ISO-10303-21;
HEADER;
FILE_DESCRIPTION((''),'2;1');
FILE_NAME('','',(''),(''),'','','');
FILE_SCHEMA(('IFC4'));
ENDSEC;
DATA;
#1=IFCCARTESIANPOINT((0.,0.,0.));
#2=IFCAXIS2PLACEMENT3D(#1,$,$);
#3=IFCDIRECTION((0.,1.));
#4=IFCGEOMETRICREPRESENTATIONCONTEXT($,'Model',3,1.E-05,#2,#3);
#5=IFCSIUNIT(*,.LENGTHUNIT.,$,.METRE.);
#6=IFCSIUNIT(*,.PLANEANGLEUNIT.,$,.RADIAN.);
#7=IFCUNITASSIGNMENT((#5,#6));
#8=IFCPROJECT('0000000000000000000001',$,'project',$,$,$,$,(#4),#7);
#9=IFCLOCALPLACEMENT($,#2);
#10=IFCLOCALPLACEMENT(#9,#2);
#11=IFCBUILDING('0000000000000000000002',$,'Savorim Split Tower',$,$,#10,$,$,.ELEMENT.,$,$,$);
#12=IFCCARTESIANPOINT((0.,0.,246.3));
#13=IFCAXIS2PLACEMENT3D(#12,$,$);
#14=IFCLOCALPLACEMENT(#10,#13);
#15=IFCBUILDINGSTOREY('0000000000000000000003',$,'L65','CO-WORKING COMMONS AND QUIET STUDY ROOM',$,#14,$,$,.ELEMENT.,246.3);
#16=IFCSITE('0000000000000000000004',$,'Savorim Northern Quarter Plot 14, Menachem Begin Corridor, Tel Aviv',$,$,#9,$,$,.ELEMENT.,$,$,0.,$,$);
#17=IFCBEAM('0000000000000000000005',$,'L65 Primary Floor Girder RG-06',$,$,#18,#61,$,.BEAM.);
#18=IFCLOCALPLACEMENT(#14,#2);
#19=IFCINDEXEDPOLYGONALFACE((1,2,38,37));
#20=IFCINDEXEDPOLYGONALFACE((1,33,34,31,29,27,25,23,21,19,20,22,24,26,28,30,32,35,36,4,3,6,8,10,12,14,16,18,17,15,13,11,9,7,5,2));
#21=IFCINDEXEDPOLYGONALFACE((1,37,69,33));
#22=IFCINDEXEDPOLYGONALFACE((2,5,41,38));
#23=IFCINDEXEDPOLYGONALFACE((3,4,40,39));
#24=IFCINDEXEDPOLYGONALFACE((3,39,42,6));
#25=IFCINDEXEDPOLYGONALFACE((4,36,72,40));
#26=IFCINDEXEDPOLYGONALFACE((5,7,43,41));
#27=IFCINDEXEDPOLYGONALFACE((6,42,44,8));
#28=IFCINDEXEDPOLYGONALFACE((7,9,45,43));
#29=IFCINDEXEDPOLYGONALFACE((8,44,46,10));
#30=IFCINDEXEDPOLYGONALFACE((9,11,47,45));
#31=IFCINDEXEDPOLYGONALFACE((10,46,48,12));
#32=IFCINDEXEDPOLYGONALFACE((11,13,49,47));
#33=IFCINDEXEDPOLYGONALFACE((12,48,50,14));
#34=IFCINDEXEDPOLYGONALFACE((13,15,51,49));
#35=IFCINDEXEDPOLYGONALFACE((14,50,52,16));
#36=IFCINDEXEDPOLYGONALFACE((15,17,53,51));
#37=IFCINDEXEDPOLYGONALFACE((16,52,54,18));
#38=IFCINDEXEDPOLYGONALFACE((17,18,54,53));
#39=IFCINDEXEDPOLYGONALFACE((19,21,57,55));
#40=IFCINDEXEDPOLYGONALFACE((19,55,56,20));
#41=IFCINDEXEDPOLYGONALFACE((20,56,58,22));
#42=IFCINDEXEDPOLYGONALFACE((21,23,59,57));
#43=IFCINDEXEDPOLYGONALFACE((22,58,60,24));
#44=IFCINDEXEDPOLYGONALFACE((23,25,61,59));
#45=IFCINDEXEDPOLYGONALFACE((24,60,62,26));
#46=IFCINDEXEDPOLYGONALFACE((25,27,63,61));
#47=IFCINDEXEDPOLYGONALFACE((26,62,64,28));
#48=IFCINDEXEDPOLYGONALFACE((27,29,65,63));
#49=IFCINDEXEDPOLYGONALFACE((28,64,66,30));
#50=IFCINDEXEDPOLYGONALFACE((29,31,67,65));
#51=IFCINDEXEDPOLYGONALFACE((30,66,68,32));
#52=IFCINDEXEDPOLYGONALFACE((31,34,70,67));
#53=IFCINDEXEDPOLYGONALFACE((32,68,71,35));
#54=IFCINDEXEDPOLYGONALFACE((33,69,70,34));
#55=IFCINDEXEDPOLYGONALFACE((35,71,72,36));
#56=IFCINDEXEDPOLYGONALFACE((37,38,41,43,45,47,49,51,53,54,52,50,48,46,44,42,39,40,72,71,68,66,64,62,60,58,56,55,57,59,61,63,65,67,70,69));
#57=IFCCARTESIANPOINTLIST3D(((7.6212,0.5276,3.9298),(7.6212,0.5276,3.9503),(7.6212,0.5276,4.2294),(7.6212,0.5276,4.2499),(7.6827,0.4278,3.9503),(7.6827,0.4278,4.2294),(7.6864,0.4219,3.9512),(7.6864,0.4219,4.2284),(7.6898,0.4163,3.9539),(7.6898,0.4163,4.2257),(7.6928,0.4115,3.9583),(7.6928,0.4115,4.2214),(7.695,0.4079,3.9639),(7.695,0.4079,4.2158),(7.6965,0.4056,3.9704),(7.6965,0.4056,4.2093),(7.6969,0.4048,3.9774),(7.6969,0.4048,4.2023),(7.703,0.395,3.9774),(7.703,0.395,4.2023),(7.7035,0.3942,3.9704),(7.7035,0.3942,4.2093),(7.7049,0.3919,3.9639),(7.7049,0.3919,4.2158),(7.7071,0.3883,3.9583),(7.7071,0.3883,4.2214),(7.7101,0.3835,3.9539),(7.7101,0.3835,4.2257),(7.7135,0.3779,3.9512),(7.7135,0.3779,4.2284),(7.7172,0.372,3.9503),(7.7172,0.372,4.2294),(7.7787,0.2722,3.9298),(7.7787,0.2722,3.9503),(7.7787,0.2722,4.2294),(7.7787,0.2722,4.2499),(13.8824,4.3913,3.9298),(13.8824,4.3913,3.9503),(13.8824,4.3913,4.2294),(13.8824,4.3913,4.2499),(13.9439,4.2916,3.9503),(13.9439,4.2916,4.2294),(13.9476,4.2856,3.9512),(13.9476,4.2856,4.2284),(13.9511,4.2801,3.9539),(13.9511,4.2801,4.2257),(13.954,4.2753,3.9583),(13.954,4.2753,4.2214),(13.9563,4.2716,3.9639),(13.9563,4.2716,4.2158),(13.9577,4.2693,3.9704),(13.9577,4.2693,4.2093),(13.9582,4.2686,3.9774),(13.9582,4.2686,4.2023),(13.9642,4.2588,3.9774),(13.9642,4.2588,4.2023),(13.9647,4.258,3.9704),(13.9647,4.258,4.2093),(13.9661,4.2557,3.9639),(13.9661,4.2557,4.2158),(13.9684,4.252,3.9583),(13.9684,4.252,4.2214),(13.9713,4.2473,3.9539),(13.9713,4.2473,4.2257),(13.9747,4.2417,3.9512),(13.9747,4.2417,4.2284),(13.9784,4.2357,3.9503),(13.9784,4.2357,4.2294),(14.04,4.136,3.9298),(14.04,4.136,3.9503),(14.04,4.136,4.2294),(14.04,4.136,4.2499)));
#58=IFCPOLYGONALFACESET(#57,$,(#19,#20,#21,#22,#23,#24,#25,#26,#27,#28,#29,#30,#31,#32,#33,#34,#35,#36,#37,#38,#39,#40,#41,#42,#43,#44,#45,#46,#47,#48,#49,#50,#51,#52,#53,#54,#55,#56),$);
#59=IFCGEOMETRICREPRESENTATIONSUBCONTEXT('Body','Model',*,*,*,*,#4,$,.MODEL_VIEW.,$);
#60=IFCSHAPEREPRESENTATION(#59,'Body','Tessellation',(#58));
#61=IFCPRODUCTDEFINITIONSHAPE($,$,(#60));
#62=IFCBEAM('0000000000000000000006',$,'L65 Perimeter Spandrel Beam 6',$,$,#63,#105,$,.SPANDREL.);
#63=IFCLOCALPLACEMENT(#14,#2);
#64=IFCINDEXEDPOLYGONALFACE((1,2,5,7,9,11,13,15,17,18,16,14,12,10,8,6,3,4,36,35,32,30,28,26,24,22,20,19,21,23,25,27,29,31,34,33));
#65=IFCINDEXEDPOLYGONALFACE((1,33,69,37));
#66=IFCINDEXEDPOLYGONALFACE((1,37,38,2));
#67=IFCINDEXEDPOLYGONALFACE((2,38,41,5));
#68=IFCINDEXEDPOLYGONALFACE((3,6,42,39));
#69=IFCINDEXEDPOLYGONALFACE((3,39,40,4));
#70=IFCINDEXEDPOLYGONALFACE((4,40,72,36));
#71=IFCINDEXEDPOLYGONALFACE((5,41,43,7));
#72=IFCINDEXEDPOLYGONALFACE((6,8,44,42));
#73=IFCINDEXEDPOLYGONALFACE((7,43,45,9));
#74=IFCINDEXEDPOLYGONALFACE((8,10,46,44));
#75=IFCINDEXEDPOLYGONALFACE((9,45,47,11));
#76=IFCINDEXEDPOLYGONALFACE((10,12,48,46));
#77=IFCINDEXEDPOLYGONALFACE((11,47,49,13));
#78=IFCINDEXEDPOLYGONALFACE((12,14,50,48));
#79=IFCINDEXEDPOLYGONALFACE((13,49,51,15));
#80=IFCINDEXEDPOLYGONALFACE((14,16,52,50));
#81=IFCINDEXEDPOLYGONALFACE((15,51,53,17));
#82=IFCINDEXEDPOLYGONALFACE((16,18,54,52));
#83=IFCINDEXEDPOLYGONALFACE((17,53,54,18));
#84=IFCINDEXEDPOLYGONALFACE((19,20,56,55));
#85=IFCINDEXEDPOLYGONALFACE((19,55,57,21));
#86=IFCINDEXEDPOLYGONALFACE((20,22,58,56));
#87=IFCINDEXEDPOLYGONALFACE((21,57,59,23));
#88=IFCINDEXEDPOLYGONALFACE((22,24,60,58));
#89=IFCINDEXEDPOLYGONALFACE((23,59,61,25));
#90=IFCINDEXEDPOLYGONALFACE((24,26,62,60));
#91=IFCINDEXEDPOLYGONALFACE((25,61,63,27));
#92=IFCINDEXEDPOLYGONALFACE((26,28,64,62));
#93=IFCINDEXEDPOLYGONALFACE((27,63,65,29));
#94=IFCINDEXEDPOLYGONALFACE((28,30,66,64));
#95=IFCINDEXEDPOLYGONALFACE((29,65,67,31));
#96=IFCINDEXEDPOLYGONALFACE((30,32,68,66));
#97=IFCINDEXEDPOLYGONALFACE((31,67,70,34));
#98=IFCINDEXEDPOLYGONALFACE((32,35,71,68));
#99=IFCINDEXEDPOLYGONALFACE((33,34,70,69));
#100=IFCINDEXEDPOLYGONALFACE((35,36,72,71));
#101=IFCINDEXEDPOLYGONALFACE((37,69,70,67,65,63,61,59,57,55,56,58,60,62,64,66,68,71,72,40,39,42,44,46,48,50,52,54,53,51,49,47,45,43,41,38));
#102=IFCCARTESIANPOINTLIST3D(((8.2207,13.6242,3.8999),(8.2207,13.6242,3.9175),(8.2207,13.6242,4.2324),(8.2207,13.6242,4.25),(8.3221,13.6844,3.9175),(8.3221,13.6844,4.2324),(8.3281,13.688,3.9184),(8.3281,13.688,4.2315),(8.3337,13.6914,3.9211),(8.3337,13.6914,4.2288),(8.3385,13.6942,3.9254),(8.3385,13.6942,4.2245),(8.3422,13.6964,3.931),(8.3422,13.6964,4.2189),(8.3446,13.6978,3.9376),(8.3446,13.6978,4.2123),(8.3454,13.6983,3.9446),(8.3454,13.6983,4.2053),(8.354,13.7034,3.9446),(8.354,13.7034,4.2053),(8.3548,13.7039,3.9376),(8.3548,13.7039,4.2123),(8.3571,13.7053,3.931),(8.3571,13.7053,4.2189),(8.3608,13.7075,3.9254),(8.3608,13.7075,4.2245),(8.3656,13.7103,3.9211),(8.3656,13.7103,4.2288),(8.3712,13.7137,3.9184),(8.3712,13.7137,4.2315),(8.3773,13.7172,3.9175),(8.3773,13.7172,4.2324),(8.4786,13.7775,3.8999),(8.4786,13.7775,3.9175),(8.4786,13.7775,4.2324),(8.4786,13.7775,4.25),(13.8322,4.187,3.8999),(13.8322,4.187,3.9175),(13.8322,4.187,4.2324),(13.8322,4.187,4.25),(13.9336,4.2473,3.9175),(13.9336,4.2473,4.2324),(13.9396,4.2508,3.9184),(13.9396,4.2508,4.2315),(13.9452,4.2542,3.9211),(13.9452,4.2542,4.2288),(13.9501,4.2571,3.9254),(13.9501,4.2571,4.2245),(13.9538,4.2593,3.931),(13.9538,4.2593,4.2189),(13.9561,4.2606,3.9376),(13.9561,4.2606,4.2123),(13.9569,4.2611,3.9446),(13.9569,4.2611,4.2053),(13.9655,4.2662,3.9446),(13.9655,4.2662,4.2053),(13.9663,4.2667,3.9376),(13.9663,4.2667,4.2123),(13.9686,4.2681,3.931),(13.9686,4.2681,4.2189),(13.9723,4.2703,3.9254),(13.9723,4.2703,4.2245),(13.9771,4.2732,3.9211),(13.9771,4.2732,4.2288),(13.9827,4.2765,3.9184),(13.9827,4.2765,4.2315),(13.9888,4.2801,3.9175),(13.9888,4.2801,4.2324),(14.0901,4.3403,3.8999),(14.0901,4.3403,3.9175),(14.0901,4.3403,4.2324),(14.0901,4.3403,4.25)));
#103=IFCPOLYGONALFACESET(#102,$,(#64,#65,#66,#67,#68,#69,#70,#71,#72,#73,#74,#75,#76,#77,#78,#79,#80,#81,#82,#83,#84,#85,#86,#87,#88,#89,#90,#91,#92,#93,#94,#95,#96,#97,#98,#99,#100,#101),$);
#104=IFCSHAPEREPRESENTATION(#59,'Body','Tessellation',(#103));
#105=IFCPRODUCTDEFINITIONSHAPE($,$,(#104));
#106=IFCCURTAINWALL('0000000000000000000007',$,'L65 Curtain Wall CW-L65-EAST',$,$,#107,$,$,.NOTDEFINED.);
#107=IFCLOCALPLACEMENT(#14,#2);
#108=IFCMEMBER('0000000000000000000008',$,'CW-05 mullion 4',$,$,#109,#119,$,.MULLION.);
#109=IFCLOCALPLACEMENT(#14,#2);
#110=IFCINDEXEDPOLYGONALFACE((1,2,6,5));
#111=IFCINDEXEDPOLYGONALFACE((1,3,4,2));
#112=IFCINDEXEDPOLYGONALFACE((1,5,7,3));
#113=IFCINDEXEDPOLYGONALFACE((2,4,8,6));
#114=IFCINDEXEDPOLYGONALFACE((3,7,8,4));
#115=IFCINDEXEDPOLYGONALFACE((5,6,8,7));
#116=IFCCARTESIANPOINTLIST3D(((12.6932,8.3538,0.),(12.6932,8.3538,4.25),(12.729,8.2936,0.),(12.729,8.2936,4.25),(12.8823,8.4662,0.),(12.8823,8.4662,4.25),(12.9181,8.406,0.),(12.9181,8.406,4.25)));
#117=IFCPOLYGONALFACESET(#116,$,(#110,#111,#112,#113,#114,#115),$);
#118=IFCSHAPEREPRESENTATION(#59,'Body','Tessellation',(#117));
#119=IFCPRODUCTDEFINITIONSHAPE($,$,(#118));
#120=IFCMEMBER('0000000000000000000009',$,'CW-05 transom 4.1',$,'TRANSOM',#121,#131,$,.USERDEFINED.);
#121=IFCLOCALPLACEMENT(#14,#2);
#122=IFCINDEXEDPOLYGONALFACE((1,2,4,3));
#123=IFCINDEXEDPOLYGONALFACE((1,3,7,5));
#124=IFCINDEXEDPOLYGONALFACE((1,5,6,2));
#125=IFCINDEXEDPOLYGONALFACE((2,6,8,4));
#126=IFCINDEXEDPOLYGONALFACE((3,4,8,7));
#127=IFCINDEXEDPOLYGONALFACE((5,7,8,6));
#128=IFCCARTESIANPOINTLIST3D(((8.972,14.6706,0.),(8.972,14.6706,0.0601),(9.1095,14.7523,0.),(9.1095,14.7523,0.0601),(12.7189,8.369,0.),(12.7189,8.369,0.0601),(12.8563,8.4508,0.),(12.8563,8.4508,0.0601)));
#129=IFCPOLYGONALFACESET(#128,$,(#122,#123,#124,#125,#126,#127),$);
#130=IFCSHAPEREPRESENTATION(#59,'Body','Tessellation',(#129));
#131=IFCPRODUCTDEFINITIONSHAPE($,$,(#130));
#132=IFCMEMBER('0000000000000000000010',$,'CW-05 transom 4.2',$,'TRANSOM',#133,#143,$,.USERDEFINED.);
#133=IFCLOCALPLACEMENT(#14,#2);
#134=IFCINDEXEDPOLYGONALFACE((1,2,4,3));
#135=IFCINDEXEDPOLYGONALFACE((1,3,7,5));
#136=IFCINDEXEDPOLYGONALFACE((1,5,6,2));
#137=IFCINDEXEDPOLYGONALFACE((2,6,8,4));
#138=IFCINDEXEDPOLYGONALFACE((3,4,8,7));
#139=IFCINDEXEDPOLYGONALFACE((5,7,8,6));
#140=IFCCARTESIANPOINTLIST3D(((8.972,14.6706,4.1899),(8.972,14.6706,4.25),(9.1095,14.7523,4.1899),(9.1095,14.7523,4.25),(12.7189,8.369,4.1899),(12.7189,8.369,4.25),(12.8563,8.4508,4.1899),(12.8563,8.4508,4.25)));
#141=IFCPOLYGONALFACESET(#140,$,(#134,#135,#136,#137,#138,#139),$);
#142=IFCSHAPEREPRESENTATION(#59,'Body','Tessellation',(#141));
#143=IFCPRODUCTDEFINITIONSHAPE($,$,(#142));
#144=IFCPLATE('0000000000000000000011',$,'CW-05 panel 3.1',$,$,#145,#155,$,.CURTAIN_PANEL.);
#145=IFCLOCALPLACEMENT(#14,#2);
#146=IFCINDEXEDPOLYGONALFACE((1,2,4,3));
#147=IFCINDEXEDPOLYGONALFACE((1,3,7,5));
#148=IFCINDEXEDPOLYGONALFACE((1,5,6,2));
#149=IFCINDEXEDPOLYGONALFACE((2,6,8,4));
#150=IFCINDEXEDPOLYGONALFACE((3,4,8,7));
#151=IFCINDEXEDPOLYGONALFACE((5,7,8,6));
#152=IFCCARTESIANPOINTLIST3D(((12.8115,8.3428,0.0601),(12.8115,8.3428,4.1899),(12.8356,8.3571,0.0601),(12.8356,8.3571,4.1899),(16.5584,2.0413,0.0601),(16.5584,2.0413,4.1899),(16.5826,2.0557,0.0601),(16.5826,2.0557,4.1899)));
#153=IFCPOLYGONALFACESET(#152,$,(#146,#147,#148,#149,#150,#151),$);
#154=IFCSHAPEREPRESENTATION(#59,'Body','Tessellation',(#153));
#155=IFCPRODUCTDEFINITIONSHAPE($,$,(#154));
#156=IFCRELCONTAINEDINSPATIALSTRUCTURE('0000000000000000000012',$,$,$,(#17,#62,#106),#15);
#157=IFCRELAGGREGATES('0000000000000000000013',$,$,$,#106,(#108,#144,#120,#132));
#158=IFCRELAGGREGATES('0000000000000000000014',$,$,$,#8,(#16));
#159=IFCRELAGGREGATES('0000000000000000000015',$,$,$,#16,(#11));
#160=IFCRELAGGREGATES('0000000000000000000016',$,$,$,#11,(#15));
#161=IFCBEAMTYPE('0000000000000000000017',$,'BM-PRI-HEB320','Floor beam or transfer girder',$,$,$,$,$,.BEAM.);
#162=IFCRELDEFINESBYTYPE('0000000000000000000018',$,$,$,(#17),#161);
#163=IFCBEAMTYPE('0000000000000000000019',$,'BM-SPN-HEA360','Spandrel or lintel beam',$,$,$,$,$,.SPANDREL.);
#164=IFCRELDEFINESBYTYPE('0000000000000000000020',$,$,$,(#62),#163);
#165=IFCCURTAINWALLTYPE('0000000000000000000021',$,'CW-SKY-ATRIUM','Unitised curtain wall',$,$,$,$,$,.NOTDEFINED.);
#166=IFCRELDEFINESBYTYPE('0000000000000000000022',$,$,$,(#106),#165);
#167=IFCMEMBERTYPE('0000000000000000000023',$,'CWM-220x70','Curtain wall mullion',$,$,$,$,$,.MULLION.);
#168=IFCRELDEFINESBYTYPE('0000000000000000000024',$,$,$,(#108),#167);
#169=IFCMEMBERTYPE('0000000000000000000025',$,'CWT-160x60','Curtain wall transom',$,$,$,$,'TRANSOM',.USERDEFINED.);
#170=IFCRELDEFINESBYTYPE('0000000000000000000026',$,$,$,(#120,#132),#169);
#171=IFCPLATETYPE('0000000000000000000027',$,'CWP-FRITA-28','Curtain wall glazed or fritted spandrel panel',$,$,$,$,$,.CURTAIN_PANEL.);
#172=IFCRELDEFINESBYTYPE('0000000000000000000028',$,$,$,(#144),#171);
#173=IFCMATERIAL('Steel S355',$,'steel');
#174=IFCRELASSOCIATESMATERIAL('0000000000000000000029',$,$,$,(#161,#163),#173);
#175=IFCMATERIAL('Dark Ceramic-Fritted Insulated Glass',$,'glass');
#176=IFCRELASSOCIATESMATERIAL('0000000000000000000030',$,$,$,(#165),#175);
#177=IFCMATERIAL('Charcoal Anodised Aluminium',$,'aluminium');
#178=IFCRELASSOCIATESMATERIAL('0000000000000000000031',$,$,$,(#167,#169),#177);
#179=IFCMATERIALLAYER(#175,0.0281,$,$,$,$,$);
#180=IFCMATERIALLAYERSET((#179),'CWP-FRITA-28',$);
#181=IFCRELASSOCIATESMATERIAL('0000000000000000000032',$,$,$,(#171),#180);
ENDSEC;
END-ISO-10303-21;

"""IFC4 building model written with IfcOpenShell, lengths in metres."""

from ifc_helpers import new_model, si_unit, direction, frame, origin, origin_2d, place, context, subcontext, project, spatial, rectangle, i_section, extrude, material, layer, layer_set, material_profile, profile_set, type_object, element, aggregate, save


model = new_model("IFC4")

# Units and contexts
model_context = context("Model", 3, precision=1e-05, world=origin(), true_north=direction((0.0, 1.0)))
body_context = subcontext(model_context, "Body", "Model", "MODEL_VIEW")
ifc_project = project(units=[si_unit("LENGTHUNIT", "METRE"), si_unit("PLANEANGLEUNIT", "RADIAN")], contexts=[model_context])

# Site, building, storey
site_placement = place(None, origin())
site = spatial("IfcSite", under=ifc_project, at=site_placement, Name="Savorim Northern Quarter Plot 14, Menachem Begin Corridor, Tel Aviv", CompositionType="ELEMENT", RefElevation=0.0)
building_placement = place(site_placement, origin())
building = spatial("IfcBuilding", under=site, at=building_placement, Name="Savorim Split Tower", CompositionType="ELEMENT")
storey_placement = place(building_placement, frame((0.0, 0.0, 246.3)))
storey = spatial("IfcBuildingStorey", under=building, at=storey_placement, Name="L65", Description="CO-WORKING COMMONS AND QUIET STUDY ROOM", CompositionType="ELEMENT", Elevation=246.3)

# Beams
ifc_material_1 = material(Name="Steel S355", Category="steel")
ifc_material_profile_1 = material_profile(ifc_material_1, i_section(OverallWidth=0.3, OverallDepth=0.3201, WebThickness=0.0115, FlangeThickness=0.0205, FilletRadius=0.0271, at=origin_2d()), Name="HEB 320")
ifc_profile_set_1 = profile_set([ifc_material_profile_1], Name="Steel S355")
beam_type_1 = type_object("IfcBeamType", Name="BM-PRI-HEB320", Description="Floor beam or transfer girder", PredefinedType="BEAM", material=ifc_profile_set_1)
beam_1_placement = place(storey_placement, frame((13.9612, 4.2637, 4.0898), z_axis=(-0.851008, -0.525152, 0.0), x_axis=(0.525152, -0.851008, 0.0)))
element("IfcBeam", 1, at=beam_1_placement, inside=storey, type_object=beam_type_1, Name="L65 Primary Floor Girder RG-06", PredefinedType="BEAM", context=body_context, shape_type="SweptSolid", body=[
    extrude(i_section(OverallWidth=0.3, OverallDepth=0.3201, WebThickness=0.0115, FlangeThickness=0.0205, FilletRadius=0.0271, at=origin_2d()), origin(), (0.0, 0.0, 1.0), 7.3574),
])
ifc_material_profile_2 = material_profile(ifc_material_1, i_section(OverallWidth=0.3, OverallDepth=0.3501, WebThickness=0.01, FlangeThickness=0.0176, FilletRadius=0.0271, at=origin_2d()), Name="HEA 360")
ifc_profile_set_2 = profile_set([ifc_material_profile_2], Name="Steel S355")
beam_type_2 = type_object("IfcBeamType", Name="BM-SPN-HEA360", Description="Spandrel or lintel beam", PredefinedType="SPANDREL", material=ifc_profile_set_2)
beam_2_placement = place(storey_placement, frame((13.9612, 4.2637, 4.075), z_axis=(-0.511091, 0.859527, 0.0), x_axis=(-0.859527, -0.511091, 0.0)))
element("IfcBeam", 2, at=beam_2_placement, inside=storey, type_object=beam_type_2, Name="L65 Perimeter Spandrel Beam 6", PredefinedType="SPANDREL", context=body_context, shape_type="SweptSolid", body=[
    extrude(i_section(OverallWidth=0.3, OverallDepth=0.3501, WebThickness=0.01, FlangeThickness=0.0176, FilletRadius=0.0271, at=origin_2d()), origin(), (0.0, 0.0, 1.0), 10.9795),
])

# Curtain wall, members, plate
ifc_material_2 = material(Name="Dark Ceramic-Fritted Insulated Glass", Category="glass")
curtain_wall_type = type_object("IfcCurtainWallType", Name="CW-SKY-ATRIUM", Description="Unitised curtain wall", PredefinedType="NOTDEFINED", material=ifc_material_2)
curtain_wall_placement = place(storey_placement, origin())
curtain_wall = element("IfcCurtainWall", 3, at=curtain_wall_placement, inside=storey, type_object=curtain_wall_type, Name="L65 Curtain Wall CW-L65-EAST", PredefinedType="NOTDEFINED")
ifc_material_3 = material(Name="Charcoal Anodised Aluminium", Category="aluminium")
ifc_material_profile_3 = material_profile(ifc_material_3, rectangle(XDim=0.22, YDim=0.0701, at=origin_2d()), Name="ALU-M 220x70")
ifc_profile_set_3 = profile_set([ifc_material_profile_3], Name="Charcoal Anodised Aluminium")
member_type_1 = type_object("IfcMemberType", Name="CWM-220x70", Description="Curtain wall mullion", PredefinedType="MULLION", material=ifc_profile_set_3)
member_1_placement = place(storey_placement, frame((12.8057, 8.3799, 0.0), z_axis=(0.0, 0.0, 1.0), x_axis=(-0.859527, -0.51109, 0.0)))
member_1 = element("IfcMember", 4, at=member_1_placement, type_object=member_type_1, Name="CW-05 mullion 4", PredefinedType="MULLION", context=body_context, shape_type="SweptSolid", body=[
    extrude(rectangle(XDim=0.22, YDim=0.0701, at=origin_2d()), origin(), (0.0, 0.0, 1.0), 4.25),
])
ifc_material_profile_4 = material_profile(ifc_material_3, rectangle(XDim=0.1599, YDim=0.0601, at=origin_2d()), Name="ALU-T 160x60")
ifc_profile_set_4 = profile_set([ifc_material_profile_4], Name="Charcoal Anodised Aluminium")
member_type_2 = type_object("IfcMemberType", Name="CWT-160x60", Description="Curtain wall transom", ElementType="TRANSOM", PredefinedType="USERDEFINED", material=ifc_profile_set_4)
member_2_placement = place(storey_placement, frame((12.7876, 8.4099, 0.03), z_axis=(-0.511073, 0.859537, 0.0), x_axis=(-0.859537, -0.511073, 0.0)))
member_2 = element("IfcMember", 5, at=member_2_placement, type_object=member_type_2, Name="CW-05 transom 4.1", ObjectType="TRANSOM", PredefinedType="USERDEFINED", context=body_context, shape_type="SweptSolid", body=[
    extrude(rectangle(XDim=0.1599, YDim=0.0601, at=origin_2d()), origin(), (0.0, 0.0, 1.0), 7.3313),
])
member_3_placement = place(storey_placement, frame((12.7876, 8.4099, 4.22), z_axis=(-0.511073, 0.859537, 0.0), x_axis=(-0.859537, -0.511073, 0.0)))
member_3 = element("IfcMember", 6, at=member_3_placement, type_object=member_type_2, Name="CW-05 transom 4.2", ObjectType="TRANSOM", PredefinedType="USERDEFINED", context=body_context, shape_type="SweptSolid", body=[
    extrude(rectangle(XDim=0.1599, YDim=0.0601, at=origin_2d()), origin(), (0.0, 0.0, 1.0), 7.3313),
])
ifc_layer_1 = layer(ifc_material_2, 0.0281)
ifc_layer_set_1 = layer_set([ifc_layer_1], Name="CWP-FRITA-28")
plate_type = type_object("IfcPlateType", Name="CWP-FRITA-28", Description="Curtain wall glazed or fritted spandrel panel", PredefinedType="CURTAIN_PANEL", material=ifc_layer_set_1)
plate_placement = place(storey_placement, frame((14.697, 5.1992, 0.0601), z_axis=(0.0, 0.0, 1.0), x_axis=(-0.51109, 0.859527, 0.0)))
plate = element("IfcPlate", 7, at=plate_placement, type_object=plate_type, Name="CW-05 panel 3.1", PredefinedType="CURTAIN_PANEL", context=body_context, shape_type="SweptSolid", body=[
    extrude(rectangle(XDim=7.3313, YDim=0.0281, at=origin_2d()), origin(), (0.0, 0.0, 1.0), 4.1299),
])
aggregate(curtain_wall, [member_1, plate, member_2, member_3])

save(model, "model.ifc")
